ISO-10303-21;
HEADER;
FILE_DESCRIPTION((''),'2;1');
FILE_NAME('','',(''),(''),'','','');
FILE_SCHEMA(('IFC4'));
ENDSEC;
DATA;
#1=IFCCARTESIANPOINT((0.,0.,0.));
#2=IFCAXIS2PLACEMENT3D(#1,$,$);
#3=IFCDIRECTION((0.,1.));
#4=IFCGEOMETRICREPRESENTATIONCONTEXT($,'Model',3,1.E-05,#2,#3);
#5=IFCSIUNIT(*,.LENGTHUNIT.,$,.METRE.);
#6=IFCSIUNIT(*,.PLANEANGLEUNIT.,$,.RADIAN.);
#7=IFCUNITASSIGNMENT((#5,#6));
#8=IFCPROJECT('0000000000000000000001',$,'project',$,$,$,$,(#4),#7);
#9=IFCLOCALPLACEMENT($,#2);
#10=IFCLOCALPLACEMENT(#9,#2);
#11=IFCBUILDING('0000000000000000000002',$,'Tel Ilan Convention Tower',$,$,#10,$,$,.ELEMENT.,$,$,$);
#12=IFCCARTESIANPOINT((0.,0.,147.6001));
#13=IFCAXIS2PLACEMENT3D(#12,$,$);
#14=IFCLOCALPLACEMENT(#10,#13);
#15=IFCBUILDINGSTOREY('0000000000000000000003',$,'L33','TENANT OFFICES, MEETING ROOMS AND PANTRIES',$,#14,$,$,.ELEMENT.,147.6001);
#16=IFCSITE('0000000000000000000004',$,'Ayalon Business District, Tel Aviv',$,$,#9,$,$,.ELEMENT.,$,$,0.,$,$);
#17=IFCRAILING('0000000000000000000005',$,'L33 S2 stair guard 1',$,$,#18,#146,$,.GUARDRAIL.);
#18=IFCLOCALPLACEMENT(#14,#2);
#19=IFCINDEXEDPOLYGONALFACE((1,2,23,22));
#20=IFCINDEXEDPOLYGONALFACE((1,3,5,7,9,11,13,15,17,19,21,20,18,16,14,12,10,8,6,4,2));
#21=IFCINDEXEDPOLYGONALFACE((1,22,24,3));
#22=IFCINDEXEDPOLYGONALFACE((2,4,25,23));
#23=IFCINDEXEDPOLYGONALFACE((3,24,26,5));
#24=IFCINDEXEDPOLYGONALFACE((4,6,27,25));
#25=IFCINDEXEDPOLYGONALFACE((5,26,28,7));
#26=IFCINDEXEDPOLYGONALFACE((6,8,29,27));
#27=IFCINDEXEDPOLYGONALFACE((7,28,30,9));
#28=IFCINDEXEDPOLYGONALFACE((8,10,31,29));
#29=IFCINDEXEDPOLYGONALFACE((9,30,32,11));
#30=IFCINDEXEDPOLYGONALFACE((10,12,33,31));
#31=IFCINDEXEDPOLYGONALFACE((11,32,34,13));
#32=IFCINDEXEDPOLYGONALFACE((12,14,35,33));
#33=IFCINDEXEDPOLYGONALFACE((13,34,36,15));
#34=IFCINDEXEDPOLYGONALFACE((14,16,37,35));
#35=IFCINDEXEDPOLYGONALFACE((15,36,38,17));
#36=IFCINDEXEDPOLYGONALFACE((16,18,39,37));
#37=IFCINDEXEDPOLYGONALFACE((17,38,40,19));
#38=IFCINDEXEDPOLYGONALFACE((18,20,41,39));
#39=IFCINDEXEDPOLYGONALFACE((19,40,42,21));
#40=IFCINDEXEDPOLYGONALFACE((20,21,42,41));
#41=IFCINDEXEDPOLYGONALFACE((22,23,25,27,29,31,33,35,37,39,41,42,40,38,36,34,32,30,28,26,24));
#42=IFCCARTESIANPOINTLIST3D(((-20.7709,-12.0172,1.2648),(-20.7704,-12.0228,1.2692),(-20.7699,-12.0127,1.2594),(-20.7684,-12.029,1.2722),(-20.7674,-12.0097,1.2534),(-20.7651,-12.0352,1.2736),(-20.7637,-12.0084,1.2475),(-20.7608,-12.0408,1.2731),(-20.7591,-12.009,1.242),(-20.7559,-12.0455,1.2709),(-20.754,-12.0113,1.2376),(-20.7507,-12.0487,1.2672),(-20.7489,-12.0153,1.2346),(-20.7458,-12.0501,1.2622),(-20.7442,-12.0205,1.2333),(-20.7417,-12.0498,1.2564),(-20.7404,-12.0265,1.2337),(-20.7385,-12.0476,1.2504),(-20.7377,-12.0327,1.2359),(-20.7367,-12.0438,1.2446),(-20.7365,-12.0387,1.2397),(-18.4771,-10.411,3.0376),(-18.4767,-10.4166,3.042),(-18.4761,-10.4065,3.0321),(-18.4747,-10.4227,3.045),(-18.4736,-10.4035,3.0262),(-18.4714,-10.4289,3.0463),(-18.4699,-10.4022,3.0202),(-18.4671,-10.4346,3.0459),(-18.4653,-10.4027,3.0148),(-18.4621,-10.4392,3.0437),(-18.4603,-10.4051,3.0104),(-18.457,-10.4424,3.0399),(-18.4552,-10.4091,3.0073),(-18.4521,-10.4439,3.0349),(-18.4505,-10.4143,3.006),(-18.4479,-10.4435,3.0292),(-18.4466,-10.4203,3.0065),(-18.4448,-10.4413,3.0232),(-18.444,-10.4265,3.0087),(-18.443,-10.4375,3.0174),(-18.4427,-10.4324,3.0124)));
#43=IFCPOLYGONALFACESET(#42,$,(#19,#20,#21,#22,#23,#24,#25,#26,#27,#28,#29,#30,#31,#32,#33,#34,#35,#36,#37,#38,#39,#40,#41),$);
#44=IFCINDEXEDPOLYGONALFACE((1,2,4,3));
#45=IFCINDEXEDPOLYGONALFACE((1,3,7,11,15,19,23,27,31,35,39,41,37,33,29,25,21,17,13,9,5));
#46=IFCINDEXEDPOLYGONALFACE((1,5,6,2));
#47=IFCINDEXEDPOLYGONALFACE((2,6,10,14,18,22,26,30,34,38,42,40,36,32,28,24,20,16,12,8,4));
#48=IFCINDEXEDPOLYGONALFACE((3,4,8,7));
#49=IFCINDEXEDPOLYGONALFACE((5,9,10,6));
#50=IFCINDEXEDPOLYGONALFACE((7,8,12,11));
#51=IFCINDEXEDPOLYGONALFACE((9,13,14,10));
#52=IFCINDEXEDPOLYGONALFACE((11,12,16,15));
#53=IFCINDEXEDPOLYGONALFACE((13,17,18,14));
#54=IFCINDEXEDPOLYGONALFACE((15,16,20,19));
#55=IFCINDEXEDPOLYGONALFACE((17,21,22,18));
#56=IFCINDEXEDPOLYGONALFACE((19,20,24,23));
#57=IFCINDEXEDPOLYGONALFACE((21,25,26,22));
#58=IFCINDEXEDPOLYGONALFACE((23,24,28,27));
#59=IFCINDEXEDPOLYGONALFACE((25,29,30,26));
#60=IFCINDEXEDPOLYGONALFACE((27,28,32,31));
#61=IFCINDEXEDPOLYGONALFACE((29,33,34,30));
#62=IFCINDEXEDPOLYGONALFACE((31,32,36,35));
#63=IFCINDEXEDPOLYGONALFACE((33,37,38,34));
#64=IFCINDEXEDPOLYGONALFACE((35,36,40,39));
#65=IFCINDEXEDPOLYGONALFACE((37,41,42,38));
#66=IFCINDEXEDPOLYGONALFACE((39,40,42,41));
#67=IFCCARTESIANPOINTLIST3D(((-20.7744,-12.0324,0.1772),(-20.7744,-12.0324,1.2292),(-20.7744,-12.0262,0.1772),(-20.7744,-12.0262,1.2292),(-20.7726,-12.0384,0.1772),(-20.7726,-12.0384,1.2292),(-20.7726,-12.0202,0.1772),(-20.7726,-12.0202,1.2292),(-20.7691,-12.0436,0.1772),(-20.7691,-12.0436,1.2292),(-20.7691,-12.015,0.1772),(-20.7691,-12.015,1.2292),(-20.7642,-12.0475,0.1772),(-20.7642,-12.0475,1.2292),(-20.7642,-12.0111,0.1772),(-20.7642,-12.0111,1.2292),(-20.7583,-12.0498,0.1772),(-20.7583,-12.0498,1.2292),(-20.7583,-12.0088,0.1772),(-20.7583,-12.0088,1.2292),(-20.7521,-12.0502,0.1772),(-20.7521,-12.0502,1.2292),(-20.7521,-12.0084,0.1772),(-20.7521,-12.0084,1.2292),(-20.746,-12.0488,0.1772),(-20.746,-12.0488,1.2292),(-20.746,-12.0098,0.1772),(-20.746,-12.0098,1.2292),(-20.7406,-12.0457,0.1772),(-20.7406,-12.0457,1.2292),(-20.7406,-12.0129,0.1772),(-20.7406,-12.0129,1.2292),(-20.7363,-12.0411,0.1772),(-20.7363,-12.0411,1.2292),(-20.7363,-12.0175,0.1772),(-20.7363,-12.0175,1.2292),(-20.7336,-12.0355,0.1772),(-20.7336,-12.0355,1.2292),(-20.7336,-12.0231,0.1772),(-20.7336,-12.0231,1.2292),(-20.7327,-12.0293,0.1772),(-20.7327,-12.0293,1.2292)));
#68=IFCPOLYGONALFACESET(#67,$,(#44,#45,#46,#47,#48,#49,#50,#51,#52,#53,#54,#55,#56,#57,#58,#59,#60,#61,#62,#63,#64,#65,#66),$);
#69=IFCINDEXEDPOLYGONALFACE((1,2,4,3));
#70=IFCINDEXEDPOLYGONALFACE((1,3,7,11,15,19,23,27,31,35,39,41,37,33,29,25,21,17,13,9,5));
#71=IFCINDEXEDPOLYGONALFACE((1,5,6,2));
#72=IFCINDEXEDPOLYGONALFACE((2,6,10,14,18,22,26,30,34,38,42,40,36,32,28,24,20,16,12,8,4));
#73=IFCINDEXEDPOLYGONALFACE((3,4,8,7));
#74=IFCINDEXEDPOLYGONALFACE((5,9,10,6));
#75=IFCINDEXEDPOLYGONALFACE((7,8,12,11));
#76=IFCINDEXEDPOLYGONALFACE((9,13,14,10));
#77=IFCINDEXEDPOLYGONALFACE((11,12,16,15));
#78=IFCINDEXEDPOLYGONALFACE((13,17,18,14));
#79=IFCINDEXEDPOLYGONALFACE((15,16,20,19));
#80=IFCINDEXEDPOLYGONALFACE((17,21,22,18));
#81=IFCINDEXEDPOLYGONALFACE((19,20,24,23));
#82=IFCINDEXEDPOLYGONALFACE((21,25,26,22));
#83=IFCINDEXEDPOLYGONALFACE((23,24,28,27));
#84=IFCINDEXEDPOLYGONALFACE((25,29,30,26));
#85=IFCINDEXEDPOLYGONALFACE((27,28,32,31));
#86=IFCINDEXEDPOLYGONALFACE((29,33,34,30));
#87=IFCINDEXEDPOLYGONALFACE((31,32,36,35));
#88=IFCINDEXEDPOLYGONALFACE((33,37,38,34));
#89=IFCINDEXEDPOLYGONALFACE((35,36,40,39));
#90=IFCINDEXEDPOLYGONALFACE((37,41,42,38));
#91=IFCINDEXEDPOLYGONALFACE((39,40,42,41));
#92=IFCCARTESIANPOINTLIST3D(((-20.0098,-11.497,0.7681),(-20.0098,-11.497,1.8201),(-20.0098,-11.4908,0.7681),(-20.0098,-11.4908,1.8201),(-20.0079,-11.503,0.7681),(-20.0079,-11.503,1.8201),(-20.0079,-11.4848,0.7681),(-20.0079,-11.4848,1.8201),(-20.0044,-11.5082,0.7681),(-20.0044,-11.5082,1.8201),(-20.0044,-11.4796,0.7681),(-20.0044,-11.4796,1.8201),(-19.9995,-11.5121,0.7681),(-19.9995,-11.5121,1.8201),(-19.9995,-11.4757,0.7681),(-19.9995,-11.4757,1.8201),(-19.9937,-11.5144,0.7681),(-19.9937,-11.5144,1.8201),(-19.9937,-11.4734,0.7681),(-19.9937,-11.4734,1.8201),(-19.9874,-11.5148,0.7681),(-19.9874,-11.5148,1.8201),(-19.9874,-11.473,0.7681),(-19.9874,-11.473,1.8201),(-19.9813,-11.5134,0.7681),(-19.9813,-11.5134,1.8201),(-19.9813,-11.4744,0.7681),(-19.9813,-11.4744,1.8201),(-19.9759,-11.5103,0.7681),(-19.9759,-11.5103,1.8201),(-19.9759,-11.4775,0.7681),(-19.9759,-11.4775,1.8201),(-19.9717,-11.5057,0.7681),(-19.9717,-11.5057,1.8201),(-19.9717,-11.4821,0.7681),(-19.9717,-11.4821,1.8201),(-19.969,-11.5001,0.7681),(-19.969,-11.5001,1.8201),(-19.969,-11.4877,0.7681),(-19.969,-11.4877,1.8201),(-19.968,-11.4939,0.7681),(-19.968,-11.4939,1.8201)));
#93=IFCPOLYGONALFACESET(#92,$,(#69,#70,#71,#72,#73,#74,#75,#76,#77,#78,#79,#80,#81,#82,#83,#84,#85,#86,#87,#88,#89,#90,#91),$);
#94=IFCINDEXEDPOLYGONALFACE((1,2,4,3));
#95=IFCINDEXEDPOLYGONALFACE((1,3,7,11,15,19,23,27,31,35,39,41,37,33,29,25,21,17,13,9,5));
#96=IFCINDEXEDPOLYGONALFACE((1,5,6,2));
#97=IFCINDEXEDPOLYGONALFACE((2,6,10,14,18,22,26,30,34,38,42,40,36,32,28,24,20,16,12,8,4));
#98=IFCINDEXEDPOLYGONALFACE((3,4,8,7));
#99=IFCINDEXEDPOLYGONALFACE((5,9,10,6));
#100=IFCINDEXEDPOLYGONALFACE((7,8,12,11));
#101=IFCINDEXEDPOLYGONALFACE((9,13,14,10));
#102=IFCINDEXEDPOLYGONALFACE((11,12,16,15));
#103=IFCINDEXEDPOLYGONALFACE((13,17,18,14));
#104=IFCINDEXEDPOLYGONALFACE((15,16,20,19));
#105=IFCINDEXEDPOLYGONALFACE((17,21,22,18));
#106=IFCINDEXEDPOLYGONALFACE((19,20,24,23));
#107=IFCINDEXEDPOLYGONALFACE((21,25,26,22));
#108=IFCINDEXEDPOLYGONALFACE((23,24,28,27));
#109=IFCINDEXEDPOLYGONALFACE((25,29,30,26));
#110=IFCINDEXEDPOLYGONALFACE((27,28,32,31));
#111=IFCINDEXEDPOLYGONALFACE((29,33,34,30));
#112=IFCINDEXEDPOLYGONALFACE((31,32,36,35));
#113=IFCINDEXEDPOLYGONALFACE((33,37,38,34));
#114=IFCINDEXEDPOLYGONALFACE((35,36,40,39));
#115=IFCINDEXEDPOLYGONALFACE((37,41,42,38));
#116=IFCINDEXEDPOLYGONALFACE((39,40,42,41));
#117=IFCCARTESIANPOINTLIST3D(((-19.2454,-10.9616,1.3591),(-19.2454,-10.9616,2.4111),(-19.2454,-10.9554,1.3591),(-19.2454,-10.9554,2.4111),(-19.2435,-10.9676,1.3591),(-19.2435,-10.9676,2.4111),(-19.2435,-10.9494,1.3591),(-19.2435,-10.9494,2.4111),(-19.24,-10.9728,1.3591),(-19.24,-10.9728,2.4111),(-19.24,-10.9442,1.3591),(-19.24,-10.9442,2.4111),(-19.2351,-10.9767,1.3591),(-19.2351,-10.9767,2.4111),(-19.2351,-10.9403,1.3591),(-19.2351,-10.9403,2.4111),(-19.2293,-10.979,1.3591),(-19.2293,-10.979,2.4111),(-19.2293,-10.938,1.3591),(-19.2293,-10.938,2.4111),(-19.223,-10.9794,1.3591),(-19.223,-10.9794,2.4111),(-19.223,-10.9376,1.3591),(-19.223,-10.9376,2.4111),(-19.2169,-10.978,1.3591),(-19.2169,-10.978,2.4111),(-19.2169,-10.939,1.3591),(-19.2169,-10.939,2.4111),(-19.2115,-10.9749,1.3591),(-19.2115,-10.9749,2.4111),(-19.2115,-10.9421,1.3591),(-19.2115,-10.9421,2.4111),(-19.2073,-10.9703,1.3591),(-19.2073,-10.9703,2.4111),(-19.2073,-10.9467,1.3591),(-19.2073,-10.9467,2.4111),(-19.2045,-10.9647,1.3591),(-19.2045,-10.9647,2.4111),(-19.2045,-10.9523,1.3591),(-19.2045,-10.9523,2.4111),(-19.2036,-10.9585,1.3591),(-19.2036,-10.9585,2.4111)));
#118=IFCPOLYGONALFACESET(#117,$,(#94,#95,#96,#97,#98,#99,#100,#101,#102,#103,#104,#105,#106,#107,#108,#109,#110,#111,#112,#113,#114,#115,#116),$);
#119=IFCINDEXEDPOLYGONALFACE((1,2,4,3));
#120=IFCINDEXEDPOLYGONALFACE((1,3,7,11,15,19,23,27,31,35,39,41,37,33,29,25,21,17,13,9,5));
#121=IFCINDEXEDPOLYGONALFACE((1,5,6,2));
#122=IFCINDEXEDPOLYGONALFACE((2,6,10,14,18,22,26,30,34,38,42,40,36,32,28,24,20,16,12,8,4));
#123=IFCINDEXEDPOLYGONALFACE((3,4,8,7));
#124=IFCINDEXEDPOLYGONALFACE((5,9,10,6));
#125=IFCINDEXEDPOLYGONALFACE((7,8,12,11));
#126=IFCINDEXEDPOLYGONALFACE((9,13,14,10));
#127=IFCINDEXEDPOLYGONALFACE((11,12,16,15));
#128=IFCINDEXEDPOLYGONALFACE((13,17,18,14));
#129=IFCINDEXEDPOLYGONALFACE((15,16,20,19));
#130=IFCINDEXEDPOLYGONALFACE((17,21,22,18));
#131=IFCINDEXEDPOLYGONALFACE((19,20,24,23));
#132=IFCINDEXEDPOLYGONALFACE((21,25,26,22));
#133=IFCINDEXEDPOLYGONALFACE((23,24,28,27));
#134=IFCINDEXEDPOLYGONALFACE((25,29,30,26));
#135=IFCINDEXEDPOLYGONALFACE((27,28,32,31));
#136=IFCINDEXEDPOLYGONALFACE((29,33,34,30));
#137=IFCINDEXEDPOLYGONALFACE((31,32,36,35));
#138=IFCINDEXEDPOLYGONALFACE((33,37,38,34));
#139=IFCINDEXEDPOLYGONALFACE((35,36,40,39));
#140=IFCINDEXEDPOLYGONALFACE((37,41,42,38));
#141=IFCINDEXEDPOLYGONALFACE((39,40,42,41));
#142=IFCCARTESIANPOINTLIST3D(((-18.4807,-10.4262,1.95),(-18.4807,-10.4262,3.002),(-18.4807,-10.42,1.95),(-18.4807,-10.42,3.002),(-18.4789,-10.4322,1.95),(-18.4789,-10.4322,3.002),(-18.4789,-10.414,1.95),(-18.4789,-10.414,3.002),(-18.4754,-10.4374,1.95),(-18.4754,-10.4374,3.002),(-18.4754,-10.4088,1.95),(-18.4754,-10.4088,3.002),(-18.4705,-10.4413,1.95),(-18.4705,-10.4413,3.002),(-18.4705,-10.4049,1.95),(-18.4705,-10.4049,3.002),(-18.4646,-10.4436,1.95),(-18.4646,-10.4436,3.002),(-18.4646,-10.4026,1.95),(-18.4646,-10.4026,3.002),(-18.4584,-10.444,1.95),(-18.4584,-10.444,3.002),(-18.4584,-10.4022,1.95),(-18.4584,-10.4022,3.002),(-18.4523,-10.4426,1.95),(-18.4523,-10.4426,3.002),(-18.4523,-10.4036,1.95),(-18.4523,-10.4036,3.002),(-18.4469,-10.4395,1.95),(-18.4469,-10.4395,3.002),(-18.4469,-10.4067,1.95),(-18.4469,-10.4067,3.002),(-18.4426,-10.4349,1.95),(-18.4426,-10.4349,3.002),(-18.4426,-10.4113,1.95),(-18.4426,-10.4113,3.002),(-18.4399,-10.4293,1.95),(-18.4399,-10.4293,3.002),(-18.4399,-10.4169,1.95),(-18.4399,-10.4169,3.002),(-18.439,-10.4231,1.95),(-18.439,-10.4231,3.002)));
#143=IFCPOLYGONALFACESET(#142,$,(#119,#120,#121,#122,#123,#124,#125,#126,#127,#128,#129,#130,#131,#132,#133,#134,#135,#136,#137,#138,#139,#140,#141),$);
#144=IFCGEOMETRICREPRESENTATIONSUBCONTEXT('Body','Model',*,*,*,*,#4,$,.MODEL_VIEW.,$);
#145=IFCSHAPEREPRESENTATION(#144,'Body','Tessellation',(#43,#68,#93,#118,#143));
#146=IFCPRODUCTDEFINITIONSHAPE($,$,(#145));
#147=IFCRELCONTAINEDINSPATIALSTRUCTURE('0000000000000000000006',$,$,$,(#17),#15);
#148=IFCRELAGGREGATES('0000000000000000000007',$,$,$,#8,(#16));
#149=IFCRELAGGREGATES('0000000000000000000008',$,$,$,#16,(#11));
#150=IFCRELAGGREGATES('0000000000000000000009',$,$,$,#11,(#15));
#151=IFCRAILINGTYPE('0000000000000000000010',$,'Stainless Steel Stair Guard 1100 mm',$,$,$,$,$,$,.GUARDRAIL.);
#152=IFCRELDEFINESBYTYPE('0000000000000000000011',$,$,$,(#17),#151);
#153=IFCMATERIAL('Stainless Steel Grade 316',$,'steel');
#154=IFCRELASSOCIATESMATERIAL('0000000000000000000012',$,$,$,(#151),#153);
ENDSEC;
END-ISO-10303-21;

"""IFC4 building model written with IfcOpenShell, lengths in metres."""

from ifc_helpers import new_model, si_unit, direction, frame, origin, origin_2d, place, context, subcontext, project, spatial, circle, extrude, material, type_object, element, save


model = new_model("IFC4")

# Units and contexts
model_context = context("Model", 3, precision=1e-05, world=origin(), true_north=direction((0.0, 1.0)))
body_context = subcontext(model_context, "Body", "Model", "MODEL_VIEW")
ifc_project = project(units=[si_unit("LENGTHUNIT", "METRE"), si_unit("PLANEANGLEUNIT", "RADIAN")], contexts=[model_context])

# Site, building, storey
site_placement = place(None, origin())
site = spatial("IfcSite", under=ifc_project, at=site_placement, Name="Ayalon Business District, Tel Aviv", CompositionType="ELEMENT", RefElevation=0.0)
building_placement = place(site_placement, origin())
building = spatial("IfcBuilding", under=site, at=building_placement, Name="Tel Ilan Convention Tower", CompositionType="ELEMENT")
storey_placement = place(building_placement, frame((0.0, 0.0, 147.6001)))
storey = spatial("IfcBuildingStorey", under=building, at=storey_placement, Name="L33", Description="TENANT OFFICES, MEETING ROOMS AND PANTRIES", CompositionType="ELEMENT", Elevation=147.6001)

# Railing
ifc_material_1 = material(Name="Stainless Steel Grade 316", Category="steel")
railing_type_1 = type_object("IfcRailingType", Name="Stainless Steel Stair Guard 1100 mm", PredefinedType="GUARDRAIL", material=ifc_material_1)
railing_1_placement = place(storey_placement, frame((-20.7537, -12.0293, 0.1772)))
element("IfcRailing", 1, at=railing_1_placement, inside=storey, type_object=railing_type_1, Name="L33 S2 stair guard 1", PredefinedType="GUARDRAIL", context=body_context, shape_type="SweptSolid", body=[
    extrude(circle(Radius=0.0239, at=origin_2d()), frame((0.0, 0.0, 1.0762), z_axis=(0.692098, 0.484653, 0.534894), x_axis=(-0.573609, 0.81913, 0.0)), (0.0, 0.0, 1.0), 3.3142),
    extrude(circle(Radius=0.021, at=origin_2d()), origin(), (0.0, 0.0, 1.0), 1.052),
    extrude(circle(Radius=0.021, at=origin_2d()), frame((0.7646, 0.5354, 0.5908)), (0.0, 0.0, 1.0), 1.052),
    extrude(circle(Radius=0.021, at=origin_2d()), frame((1.5291, 1.0708, 1.1819)), (0.0, 0.0, 1.0), 1.052),
    extrude(circle(Radius=0.021, at=origin_2d()), frame((2.2937, 1.6062, 1.7727)), (0.0, 0.0, 1.0), 1.052),
])

save(model, "model.ifc")
